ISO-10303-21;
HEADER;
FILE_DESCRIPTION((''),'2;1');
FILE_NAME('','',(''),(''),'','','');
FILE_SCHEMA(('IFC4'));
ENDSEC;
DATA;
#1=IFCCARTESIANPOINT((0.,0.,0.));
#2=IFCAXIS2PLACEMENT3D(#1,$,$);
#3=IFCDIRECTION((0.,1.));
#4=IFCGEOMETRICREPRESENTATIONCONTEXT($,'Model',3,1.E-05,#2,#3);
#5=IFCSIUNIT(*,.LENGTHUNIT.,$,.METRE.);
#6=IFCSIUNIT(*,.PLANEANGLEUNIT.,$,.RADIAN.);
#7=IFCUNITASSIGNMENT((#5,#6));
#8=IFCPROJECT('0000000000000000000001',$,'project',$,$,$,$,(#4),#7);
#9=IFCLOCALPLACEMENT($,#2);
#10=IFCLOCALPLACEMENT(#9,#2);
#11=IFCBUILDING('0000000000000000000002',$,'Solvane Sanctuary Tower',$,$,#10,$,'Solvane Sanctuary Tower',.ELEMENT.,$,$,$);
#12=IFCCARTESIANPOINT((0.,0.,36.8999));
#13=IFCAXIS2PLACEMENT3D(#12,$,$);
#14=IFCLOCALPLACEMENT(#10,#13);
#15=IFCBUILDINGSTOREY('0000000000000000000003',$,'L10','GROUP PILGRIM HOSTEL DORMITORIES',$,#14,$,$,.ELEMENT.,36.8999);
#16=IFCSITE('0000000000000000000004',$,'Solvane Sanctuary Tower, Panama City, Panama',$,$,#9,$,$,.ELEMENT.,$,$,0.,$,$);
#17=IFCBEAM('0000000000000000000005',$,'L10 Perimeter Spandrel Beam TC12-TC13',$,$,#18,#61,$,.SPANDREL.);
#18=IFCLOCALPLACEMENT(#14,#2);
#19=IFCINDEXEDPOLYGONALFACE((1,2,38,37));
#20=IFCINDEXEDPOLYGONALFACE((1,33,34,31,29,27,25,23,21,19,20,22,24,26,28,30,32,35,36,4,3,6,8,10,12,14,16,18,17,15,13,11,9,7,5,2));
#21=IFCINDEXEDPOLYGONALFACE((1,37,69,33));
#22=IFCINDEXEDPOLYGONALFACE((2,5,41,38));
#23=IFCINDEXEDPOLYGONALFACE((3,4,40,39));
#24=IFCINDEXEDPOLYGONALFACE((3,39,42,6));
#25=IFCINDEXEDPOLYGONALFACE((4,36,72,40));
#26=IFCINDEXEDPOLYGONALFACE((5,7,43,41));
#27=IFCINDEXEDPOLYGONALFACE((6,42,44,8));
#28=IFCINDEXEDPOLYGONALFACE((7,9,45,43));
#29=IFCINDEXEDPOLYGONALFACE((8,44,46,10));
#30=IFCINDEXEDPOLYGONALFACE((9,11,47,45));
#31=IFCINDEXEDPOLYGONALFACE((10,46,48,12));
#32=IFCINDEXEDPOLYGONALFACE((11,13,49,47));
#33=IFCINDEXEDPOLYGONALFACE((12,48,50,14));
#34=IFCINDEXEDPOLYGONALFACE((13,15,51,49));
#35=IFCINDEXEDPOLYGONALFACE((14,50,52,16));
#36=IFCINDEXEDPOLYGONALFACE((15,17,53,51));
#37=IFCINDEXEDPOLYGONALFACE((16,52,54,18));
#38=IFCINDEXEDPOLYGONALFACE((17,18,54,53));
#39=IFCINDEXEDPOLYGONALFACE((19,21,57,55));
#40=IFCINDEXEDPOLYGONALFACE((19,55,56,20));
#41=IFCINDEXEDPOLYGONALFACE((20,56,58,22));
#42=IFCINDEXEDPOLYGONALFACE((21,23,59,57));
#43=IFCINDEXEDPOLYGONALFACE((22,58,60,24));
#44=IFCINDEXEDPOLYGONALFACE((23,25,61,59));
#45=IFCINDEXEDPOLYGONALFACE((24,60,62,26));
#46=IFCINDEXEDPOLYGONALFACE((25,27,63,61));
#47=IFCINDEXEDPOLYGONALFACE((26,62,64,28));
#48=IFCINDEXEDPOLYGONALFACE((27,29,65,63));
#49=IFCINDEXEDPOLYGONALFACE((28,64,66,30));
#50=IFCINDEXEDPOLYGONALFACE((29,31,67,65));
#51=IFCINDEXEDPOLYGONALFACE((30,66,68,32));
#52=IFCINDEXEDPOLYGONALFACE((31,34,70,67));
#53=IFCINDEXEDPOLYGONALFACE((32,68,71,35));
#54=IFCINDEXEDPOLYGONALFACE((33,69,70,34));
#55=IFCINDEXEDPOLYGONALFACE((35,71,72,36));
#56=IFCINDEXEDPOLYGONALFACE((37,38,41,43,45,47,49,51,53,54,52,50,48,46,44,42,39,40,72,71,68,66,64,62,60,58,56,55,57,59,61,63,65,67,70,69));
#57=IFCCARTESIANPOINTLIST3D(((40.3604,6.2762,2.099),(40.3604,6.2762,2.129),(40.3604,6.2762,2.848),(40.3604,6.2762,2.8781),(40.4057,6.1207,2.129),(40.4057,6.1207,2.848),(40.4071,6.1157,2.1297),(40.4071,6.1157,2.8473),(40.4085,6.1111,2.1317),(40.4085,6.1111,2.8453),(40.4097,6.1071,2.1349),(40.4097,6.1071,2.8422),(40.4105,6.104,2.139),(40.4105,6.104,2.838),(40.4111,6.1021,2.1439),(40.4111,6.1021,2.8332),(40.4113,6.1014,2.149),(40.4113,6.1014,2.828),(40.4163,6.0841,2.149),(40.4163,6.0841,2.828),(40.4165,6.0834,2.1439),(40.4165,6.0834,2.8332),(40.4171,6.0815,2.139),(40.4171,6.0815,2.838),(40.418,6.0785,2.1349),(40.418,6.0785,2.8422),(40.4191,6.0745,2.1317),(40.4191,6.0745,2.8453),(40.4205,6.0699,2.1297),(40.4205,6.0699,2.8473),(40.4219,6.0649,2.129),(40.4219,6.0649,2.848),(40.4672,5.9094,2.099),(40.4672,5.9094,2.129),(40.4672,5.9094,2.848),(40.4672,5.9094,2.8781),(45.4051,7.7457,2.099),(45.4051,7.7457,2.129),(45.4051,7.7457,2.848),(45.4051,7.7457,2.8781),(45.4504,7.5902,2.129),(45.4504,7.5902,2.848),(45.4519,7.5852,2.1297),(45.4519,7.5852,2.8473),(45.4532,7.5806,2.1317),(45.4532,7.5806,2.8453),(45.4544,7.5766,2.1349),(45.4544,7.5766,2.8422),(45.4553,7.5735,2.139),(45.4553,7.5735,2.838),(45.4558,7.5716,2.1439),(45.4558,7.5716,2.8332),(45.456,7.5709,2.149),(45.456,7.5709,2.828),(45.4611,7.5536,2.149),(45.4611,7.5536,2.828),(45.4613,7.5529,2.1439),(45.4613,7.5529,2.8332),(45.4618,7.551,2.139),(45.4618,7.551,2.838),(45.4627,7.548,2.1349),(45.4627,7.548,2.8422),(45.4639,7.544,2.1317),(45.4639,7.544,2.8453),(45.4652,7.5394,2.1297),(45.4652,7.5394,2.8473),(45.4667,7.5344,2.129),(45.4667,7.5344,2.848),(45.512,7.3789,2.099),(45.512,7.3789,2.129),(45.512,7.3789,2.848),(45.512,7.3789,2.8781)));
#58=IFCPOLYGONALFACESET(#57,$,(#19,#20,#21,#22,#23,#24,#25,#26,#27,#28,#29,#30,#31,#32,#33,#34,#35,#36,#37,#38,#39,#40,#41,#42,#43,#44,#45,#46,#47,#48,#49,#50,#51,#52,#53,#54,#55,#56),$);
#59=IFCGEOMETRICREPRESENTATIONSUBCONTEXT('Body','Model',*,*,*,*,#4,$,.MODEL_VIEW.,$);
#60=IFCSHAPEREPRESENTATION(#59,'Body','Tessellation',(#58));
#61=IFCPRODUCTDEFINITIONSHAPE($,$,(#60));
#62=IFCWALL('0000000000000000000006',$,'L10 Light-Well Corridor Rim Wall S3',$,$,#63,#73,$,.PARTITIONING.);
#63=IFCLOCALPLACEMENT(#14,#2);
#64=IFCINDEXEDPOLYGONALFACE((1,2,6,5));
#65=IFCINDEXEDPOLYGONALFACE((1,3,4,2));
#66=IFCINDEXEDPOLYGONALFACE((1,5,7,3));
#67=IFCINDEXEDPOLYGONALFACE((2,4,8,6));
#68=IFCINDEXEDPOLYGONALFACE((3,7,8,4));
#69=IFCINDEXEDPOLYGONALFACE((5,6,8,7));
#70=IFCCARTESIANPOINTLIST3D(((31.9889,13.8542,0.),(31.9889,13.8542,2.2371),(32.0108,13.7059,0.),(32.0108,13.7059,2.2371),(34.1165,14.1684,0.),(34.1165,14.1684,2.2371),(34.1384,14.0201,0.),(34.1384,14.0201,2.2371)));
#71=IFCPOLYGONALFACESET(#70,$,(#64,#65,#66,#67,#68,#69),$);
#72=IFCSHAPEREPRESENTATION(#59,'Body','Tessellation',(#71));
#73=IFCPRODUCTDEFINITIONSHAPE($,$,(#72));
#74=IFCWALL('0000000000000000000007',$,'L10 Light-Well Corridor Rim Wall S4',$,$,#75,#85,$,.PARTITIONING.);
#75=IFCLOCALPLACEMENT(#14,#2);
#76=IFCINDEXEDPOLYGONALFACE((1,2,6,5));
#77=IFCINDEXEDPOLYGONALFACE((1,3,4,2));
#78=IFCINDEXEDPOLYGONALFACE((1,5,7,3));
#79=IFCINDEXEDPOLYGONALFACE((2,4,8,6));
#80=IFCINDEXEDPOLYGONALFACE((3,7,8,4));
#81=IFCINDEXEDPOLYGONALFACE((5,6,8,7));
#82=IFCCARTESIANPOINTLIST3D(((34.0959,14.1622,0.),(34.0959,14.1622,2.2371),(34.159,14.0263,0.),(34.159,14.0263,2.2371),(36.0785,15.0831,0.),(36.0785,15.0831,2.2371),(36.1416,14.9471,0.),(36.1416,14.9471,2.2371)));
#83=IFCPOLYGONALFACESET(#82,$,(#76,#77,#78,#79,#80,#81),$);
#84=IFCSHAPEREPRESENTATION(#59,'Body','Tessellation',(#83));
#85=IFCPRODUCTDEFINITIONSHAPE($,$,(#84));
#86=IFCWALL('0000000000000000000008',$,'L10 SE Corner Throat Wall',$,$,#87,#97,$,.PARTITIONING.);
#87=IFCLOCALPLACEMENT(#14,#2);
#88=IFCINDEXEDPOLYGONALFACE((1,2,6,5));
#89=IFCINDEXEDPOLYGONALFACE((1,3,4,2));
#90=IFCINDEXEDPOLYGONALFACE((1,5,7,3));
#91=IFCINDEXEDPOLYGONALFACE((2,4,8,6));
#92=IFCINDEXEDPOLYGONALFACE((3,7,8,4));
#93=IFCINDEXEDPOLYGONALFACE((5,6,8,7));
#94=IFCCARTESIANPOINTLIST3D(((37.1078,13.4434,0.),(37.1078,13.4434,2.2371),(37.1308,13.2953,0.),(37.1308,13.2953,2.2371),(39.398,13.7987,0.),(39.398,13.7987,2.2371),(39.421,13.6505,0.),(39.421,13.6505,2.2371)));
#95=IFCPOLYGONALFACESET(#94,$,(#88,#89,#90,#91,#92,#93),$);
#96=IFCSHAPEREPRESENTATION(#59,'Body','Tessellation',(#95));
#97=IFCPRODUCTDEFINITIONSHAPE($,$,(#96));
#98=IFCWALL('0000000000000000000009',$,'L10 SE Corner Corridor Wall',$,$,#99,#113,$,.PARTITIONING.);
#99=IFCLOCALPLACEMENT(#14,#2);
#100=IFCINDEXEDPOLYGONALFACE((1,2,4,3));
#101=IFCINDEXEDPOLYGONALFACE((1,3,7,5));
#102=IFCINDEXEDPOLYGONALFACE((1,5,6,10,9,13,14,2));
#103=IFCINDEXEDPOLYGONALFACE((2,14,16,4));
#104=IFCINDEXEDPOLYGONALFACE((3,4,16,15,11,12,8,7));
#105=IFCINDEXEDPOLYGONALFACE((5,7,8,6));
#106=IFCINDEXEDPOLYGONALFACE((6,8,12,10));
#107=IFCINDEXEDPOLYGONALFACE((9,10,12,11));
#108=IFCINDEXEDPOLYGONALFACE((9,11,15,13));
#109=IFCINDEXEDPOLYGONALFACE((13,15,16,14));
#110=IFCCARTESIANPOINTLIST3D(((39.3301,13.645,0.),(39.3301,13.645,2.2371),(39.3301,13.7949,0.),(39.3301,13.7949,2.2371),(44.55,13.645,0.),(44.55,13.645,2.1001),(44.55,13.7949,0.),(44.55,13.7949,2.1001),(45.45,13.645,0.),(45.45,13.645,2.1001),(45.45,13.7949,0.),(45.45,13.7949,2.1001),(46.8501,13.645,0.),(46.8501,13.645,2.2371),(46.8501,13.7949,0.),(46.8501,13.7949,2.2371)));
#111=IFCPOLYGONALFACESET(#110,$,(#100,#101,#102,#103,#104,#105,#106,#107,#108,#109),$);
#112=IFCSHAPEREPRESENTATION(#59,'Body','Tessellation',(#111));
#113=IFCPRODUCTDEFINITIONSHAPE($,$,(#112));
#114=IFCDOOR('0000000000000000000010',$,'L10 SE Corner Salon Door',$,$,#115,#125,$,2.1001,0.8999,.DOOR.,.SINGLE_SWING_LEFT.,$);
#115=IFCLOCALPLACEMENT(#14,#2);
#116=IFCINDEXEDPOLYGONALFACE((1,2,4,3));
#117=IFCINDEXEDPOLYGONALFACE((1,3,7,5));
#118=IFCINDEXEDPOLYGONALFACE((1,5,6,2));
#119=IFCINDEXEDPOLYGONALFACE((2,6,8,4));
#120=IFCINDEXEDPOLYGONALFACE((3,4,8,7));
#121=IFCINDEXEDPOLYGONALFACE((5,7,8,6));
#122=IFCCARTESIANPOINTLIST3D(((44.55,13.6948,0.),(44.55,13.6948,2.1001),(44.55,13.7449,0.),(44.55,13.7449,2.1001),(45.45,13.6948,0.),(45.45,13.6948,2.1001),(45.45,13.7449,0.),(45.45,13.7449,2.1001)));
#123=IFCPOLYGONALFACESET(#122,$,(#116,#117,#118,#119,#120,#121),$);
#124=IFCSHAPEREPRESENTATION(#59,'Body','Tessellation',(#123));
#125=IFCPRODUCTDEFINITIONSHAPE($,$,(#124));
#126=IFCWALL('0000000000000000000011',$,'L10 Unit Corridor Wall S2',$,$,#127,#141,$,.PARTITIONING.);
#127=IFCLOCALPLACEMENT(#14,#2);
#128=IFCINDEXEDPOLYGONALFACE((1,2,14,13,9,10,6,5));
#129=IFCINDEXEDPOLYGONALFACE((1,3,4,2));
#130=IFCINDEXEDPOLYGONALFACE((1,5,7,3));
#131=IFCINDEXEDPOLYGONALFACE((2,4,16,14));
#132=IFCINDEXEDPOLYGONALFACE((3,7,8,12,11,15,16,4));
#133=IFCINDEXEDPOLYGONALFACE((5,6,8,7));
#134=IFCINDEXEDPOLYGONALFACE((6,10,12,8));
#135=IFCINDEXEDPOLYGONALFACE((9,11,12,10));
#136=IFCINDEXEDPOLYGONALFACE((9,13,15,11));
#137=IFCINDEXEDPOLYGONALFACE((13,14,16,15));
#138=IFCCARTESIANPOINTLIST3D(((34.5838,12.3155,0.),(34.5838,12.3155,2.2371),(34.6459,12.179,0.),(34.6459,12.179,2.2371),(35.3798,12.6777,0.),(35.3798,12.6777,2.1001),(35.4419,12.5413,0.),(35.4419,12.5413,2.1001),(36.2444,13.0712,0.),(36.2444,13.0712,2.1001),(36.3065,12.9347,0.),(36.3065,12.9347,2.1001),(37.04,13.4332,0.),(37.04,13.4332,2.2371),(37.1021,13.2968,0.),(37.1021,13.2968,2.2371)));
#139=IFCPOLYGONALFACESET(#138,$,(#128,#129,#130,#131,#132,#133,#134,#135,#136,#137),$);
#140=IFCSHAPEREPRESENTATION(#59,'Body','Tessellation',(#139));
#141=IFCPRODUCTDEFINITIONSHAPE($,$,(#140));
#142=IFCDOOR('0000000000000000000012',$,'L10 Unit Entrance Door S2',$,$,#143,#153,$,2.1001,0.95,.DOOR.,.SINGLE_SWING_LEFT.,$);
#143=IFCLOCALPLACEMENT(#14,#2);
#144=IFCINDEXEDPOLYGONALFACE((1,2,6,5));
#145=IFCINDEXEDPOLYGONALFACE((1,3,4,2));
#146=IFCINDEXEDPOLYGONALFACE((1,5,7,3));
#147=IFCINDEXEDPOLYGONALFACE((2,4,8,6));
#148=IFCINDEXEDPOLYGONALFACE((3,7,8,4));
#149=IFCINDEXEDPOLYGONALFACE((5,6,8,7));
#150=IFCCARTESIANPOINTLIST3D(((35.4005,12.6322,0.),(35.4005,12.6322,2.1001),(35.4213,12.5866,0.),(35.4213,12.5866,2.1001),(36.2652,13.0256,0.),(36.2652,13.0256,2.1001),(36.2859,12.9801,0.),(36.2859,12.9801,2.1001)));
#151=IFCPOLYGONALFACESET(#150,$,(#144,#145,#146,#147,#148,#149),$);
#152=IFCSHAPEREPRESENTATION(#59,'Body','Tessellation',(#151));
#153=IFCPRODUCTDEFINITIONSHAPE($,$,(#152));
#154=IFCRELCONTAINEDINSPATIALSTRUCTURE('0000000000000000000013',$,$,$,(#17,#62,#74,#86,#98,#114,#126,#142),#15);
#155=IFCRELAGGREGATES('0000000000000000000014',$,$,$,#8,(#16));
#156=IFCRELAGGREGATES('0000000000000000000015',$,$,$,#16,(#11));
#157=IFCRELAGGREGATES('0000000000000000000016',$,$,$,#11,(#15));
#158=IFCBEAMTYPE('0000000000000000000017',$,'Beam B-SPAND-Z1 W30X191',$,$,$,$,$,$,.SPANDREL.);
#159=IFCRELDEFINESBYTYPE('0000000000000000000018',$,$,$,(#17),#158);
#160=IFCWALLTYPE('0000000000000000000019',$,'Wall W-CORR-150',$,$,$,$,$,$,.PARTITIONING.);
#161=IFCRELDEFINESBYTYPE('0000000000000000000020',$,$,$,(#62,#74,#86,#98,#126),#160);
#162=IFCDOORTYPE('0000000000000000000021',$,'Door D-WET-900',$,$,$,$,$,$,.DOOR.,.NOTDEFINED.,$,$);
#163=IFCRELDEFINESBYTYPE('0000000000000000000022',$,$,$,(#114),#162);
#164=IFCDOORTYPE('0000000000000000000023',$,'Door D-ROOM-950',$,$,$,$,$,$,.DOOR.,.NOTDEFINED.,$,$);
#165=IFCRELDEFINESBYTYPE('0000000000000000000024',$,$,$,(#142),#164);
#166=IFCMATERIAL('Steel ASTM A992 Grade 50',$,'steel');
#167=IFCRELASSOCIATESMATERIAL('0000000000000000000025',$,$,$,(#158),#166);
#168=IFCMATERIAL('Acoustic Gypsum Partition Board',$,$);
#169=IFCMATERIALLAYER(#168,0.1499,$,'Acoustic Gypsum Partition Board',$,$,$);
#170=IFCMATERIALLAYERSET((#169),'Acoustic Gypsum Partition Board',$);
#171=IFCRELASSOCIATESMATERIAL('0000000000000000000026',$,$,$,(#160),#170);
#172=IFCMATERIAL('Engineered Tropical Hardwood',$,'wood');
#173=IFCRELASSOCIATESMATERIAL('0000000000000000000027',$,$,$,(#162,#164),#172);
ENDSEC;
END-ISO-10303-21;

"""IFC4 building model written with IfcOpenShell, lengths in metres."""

from ifc_helpers import new_model, si_unit, direction, frame, frame_2d, origin, origin_2d, place, context, subcontext, project, spatial, rectangle, i_section, extrude, material, layer, layer_set, material_profile, profile_set, type_object, element, fill, save


model = new_model("IFC4")

# Units and contexts
model_context = context("Model", 3, precision=1e-05, world=origin(), true_north=direction((0.0, 1.0)))
body_context = subcontext(model_context, "Body", "Model", "MODEL_VIEW")
ifc_project = project(units=[si_unit("LENGTHUNIT", "METRE"), si_unit("PLANEANGLEUNIT", "RADIAN")], contexts=[model_context])

# Site, building, storey
site_placement = place(None, origin())
site = spatial("IfcSite", under=ifc_project, at=site_placement, Name="Solvane Sanctuary Tower, Panama City, Panama", CompositionType="ELEMENT", RefElevation=0.0)
building_placement = place(site_placement, origin())
building = spatial("IfcBuilding", under=site, at=building_placement, Name="Solvane Sanctuary Tower", LongName="Solvane Sanctuary Tower", CompositionType="ELEMENT")
storey_placement = place(building_placement, frame((0.0, 0.0, 36.8999)))
storey = spatial("IfcBuildingStorey", under=building, at=storey_placement, Name="L10", Description="GROUP PILGRIM HOSTEL DORMITORIES", CompositionType="ELEMENT", Elevation=36.8999)

# Beam
ifc_material_1 = material(Name="Steel ASTM A992 Grade 50", Category="steel")
ifc_material_profile_1 = material_profile(ifc_material_1, i_section(OverallWidth=0.3821, OverallDepth=0.7791, WebThickness=0.0181, FlangeThickness=0.03, FilletRadius=0.02, at=origin_2d()), Name="W30X191")
ifc_profile_set_1 = profile_set([ifc_material_profile_1], Name="Steel ASTM A992 Grade 50")
beam_type_1 = type_object("IfcBeamType", Name="Beam B-SPAND-Z1 W30X191", PredefinedType="SPANDREL", material=ifc_profile_set_1)
beam_1_placement = place(storey_placement, frame((40.4138, 6.0928, 2.4885), z_axis=(0.960096, 0.27967, 0.0), x_axis=(-0.27967, 0.960096, 0.0)))
element("IfcBeam", 1, at=beam_1_placement, inside=storey, type_object=beam_type_1, Name="L10 Perimeter Spandrel Beam TC12-TC13", PredefinedType="SPANDREL", context=body_context, shape_type="SweptSolid", body=[
    extrude(i_section(OverallWidth=0.3821, OverallDepth=0.7791, WebThickness=0.0181, FlangeThickness=0.03, FilletRadius=0.02, at=origin_2d()), origin(), (0.0, 0.0, 1.0), 5.2544),
])

# Walls
ifc_material_2 = material(Name="Acoustic Gypsum Partition Board")
ifc_layer_1 = layer(ifc_material_2, 0.1499, Name="Acoustic Gypsum Partition Board")
ifc_layer_set_1 = layer_set([ifc_layer_1], Name="Acoustic Gypsum Partition Board")
wall_type_1 = type_object("IfcWallType", Name="Wall W-CORR-150", PredefinedType="PARTITIONING", material=ifc_layer_set_1)
wall_1_placement = place(storey_placement, frame((32.0, 13.78, 0.0), z_axis=(0.0, 0.0, 1.0), x_axis=(0.989269, 0.146108, 0.0)))
element("IfcWall", 2, at=wall_1_placement, inside=storey, type_object=wall_type_1, Name="L10 Light-Well Corridor Rim Wall S3", PredefinedType="PARTITIONING", context=body_context, shape_type="SweptSolid", body=[
    extrude(rectangle(XDim=2.1506, YDim=0.1499, at=frame_2d((1.0752, 0.0))), origin(), (0.0, 0.0, 1.0), 2.2371),
])
wall_2_placement = place(storey_placement, frame((34.1274, 14.0942, 0.0), z_axis=(0.0, 0.0, 1.0), x_axis=(0.906943, 0.421252, 0.0)))
element("IfcWall", 3, at=wall_2_placement, inside=storey, type_object=wall_type_1, Name="L10 Light-Well Corridor Rim Wall S4", PredefinedType="PARTITIONING", context=body_context, shape_type="SweptSolid", body=[
    extrude(rectangle(XDim=2.186, YDim=0.1499, at=frame_2d((1.093, 0.0))), origin(), (0.0, 0.0, 1.0), 2.2371),
])
wall_3_placement = place(storey_placement, frame((37.1194, 13.3694, 0.0), z_axis=(0.0, 0.0, 1.0), x_axis=(0.988185, 0.153268, 0.0)))
element("IfcWall", 4, at=wall_3_placement, inside=storey, type_object=wall_type_1, Name="L10 SE Corner Throat Wall", PredefinedType="PARTITIONING", context=body_context, shape_type="SweptSolid", body=[
    extrude(rectangle(XDim=2.3176, YDim=0.1499, at=frame_2d((1.1587, 0.0))), origin(), (0.0, 0.0, 1.0), 2.2371),
])

# Walls, openings, doors
wall_4_placement = place(storey_placement, frame((39.3301, 13.72, 0.0), z_axis=(0.0, 0.0, 1.0), x_axis=(1.0, 0.0, 0.0)))
wall_4 = element("IfcWall", 5, at=wall_4_placement, inside=storey, type_object=wall_type_1, Name="L10 SE Corner Corridor Wall", PredefinedType="PARTITIONING", context=body_context, shape_type="SweptSolid", body=[
    extrude(rectangle(XDim=7.52, YDim=0.1499, at=frame_2d((3.76, 0.0))), origin(), (0.0, 0.0, 1.0), 2.2371),
])
opening_1_placement = place(wall_4_placement, frame((5.22, 0.0, 0.0)))
opening_1 = element("IfcOpeningElement", 6, at=opening_1_placement, cuts=wall_4, PredefinedType="OPENING", context=body_context, shape_type="SweptSolid", body=[
    extrude(rectangle(XDim=0.8999, YDim=2.1001, at=frame_2d((0.45, 1.05))), frame((0.0, 0.085, 0.0), z_axis=(0.0, -1.0, 0.0), x_axis=(1.0, 0.0, 0.0)), (0.0, 0.0, 1.0), 0.1699),
])
ifc_material_3 = material(Name="Engineered Tropical Hardwood", Category="wood")
door_type_1 = type_object("IfcDoorType", Name="Door D-WET-900", OperationType="NOTDEFINED", PredefinedType="DOOR", material=ifc_material_3)
door_1_placement = place(opening_1_placement, origin())
door_1 = element("IfcDoor", 7, at=door_1_placement, inside=storey, type_object=door_type_1, Name="L10 SE Corner Salon Door", OperationType="SINGLE_SWING_LEFT", OverallHeight=2.1001, OverallWidth=0.8999, PredefinedType="DOOR", context=body_context, shape_type="SweptSolid", body=[
    extrude(rectangle(XDim=0.8999, YDim=2.1001, at=frame_2d((0.45, 1.05))), frame((0.0, 0.0249, 0.0), z_axis=(0.0, -1.0, 0.0), x_axis=(1.0, 0.0, 0.0)), (0.0, 0.0, 1.0), 0.05),
])
fill(opening_1, door_1)
wall_5_placement = place(storey_placement, frame((34.615, 12.2473, 0.0), z_axis=(0.0, 0.0, 1.0), x_axis=(0.910187, 0.414198, 0.0)))
wall_5 = element("IfcWall", 8, at=wall_5_placement, inside=storey, type_object=wall_type_1, Name="L10 Unit Corridor Wall S2", PredefinedType="PARTITIONING", context=body_context, shape_type="SweptSolid", body=[
    extrude(rectangle(XDim=2.6985, YDim=0.1499, at=frame_2d((1.3491, 0.0))), origin(), (0.0, 0.0, 1.0), 2.2371),
])
opening_2_placement = place(wall_5_placement, frame((0.8743, 0.0, 0.0)))
opening_2 = element("IfcOpeningElement", 9, at=opening_2_placement, cuts=wall_5, PredefinedType="OPENING", context=body_context, shape_type="SweptSolid", body=[
    extrude(rectangle(XDim=0.95, YDim=2.1001, at=frame_2d((0.4751, 1.05))), frame((0.0, 0.085, 0.0), z_axis=(0.0, -1.0, 0.0), x_axis=(1.0, 0.0, 0.0)), (0.0, 0.0, 1.0), 0.1699),
])
door_type_2 = type_object("IfcDoorType", Name="Door D-ROOM-950", OperationType="NOTDEFINED", PredefinedType="DOOR", material=ifc_material_3)
door_2_placement = place(opening_2_placement, origin())
door_2 = element("IfcDoor", 10, at=door_2_placement, inside=storey, type_object=door_type_2, Name="L10 Unit Entrance Door S2", OperationType="SINGLE_SWING_LEFT", OverallHeight=2.1001, OverallWidth=0.95, PredefinedType="DOOR", context=body_context, shape_type="SweptSolid", body=[
    extrude(rectangle(XDim=0.95, YDim=2.1001, at=frame_2d((0.4751, 1.05))), frame((0.0, 0.0249, 0.0), z_axis=(0.0, -1.0, 0.0), x_axis=(1.0, 0.0, 0.0)), (0.0, 0.0, 1.0), 0.05),
])
fill(opening_2, door_2)

save(model, "model.ifc")
